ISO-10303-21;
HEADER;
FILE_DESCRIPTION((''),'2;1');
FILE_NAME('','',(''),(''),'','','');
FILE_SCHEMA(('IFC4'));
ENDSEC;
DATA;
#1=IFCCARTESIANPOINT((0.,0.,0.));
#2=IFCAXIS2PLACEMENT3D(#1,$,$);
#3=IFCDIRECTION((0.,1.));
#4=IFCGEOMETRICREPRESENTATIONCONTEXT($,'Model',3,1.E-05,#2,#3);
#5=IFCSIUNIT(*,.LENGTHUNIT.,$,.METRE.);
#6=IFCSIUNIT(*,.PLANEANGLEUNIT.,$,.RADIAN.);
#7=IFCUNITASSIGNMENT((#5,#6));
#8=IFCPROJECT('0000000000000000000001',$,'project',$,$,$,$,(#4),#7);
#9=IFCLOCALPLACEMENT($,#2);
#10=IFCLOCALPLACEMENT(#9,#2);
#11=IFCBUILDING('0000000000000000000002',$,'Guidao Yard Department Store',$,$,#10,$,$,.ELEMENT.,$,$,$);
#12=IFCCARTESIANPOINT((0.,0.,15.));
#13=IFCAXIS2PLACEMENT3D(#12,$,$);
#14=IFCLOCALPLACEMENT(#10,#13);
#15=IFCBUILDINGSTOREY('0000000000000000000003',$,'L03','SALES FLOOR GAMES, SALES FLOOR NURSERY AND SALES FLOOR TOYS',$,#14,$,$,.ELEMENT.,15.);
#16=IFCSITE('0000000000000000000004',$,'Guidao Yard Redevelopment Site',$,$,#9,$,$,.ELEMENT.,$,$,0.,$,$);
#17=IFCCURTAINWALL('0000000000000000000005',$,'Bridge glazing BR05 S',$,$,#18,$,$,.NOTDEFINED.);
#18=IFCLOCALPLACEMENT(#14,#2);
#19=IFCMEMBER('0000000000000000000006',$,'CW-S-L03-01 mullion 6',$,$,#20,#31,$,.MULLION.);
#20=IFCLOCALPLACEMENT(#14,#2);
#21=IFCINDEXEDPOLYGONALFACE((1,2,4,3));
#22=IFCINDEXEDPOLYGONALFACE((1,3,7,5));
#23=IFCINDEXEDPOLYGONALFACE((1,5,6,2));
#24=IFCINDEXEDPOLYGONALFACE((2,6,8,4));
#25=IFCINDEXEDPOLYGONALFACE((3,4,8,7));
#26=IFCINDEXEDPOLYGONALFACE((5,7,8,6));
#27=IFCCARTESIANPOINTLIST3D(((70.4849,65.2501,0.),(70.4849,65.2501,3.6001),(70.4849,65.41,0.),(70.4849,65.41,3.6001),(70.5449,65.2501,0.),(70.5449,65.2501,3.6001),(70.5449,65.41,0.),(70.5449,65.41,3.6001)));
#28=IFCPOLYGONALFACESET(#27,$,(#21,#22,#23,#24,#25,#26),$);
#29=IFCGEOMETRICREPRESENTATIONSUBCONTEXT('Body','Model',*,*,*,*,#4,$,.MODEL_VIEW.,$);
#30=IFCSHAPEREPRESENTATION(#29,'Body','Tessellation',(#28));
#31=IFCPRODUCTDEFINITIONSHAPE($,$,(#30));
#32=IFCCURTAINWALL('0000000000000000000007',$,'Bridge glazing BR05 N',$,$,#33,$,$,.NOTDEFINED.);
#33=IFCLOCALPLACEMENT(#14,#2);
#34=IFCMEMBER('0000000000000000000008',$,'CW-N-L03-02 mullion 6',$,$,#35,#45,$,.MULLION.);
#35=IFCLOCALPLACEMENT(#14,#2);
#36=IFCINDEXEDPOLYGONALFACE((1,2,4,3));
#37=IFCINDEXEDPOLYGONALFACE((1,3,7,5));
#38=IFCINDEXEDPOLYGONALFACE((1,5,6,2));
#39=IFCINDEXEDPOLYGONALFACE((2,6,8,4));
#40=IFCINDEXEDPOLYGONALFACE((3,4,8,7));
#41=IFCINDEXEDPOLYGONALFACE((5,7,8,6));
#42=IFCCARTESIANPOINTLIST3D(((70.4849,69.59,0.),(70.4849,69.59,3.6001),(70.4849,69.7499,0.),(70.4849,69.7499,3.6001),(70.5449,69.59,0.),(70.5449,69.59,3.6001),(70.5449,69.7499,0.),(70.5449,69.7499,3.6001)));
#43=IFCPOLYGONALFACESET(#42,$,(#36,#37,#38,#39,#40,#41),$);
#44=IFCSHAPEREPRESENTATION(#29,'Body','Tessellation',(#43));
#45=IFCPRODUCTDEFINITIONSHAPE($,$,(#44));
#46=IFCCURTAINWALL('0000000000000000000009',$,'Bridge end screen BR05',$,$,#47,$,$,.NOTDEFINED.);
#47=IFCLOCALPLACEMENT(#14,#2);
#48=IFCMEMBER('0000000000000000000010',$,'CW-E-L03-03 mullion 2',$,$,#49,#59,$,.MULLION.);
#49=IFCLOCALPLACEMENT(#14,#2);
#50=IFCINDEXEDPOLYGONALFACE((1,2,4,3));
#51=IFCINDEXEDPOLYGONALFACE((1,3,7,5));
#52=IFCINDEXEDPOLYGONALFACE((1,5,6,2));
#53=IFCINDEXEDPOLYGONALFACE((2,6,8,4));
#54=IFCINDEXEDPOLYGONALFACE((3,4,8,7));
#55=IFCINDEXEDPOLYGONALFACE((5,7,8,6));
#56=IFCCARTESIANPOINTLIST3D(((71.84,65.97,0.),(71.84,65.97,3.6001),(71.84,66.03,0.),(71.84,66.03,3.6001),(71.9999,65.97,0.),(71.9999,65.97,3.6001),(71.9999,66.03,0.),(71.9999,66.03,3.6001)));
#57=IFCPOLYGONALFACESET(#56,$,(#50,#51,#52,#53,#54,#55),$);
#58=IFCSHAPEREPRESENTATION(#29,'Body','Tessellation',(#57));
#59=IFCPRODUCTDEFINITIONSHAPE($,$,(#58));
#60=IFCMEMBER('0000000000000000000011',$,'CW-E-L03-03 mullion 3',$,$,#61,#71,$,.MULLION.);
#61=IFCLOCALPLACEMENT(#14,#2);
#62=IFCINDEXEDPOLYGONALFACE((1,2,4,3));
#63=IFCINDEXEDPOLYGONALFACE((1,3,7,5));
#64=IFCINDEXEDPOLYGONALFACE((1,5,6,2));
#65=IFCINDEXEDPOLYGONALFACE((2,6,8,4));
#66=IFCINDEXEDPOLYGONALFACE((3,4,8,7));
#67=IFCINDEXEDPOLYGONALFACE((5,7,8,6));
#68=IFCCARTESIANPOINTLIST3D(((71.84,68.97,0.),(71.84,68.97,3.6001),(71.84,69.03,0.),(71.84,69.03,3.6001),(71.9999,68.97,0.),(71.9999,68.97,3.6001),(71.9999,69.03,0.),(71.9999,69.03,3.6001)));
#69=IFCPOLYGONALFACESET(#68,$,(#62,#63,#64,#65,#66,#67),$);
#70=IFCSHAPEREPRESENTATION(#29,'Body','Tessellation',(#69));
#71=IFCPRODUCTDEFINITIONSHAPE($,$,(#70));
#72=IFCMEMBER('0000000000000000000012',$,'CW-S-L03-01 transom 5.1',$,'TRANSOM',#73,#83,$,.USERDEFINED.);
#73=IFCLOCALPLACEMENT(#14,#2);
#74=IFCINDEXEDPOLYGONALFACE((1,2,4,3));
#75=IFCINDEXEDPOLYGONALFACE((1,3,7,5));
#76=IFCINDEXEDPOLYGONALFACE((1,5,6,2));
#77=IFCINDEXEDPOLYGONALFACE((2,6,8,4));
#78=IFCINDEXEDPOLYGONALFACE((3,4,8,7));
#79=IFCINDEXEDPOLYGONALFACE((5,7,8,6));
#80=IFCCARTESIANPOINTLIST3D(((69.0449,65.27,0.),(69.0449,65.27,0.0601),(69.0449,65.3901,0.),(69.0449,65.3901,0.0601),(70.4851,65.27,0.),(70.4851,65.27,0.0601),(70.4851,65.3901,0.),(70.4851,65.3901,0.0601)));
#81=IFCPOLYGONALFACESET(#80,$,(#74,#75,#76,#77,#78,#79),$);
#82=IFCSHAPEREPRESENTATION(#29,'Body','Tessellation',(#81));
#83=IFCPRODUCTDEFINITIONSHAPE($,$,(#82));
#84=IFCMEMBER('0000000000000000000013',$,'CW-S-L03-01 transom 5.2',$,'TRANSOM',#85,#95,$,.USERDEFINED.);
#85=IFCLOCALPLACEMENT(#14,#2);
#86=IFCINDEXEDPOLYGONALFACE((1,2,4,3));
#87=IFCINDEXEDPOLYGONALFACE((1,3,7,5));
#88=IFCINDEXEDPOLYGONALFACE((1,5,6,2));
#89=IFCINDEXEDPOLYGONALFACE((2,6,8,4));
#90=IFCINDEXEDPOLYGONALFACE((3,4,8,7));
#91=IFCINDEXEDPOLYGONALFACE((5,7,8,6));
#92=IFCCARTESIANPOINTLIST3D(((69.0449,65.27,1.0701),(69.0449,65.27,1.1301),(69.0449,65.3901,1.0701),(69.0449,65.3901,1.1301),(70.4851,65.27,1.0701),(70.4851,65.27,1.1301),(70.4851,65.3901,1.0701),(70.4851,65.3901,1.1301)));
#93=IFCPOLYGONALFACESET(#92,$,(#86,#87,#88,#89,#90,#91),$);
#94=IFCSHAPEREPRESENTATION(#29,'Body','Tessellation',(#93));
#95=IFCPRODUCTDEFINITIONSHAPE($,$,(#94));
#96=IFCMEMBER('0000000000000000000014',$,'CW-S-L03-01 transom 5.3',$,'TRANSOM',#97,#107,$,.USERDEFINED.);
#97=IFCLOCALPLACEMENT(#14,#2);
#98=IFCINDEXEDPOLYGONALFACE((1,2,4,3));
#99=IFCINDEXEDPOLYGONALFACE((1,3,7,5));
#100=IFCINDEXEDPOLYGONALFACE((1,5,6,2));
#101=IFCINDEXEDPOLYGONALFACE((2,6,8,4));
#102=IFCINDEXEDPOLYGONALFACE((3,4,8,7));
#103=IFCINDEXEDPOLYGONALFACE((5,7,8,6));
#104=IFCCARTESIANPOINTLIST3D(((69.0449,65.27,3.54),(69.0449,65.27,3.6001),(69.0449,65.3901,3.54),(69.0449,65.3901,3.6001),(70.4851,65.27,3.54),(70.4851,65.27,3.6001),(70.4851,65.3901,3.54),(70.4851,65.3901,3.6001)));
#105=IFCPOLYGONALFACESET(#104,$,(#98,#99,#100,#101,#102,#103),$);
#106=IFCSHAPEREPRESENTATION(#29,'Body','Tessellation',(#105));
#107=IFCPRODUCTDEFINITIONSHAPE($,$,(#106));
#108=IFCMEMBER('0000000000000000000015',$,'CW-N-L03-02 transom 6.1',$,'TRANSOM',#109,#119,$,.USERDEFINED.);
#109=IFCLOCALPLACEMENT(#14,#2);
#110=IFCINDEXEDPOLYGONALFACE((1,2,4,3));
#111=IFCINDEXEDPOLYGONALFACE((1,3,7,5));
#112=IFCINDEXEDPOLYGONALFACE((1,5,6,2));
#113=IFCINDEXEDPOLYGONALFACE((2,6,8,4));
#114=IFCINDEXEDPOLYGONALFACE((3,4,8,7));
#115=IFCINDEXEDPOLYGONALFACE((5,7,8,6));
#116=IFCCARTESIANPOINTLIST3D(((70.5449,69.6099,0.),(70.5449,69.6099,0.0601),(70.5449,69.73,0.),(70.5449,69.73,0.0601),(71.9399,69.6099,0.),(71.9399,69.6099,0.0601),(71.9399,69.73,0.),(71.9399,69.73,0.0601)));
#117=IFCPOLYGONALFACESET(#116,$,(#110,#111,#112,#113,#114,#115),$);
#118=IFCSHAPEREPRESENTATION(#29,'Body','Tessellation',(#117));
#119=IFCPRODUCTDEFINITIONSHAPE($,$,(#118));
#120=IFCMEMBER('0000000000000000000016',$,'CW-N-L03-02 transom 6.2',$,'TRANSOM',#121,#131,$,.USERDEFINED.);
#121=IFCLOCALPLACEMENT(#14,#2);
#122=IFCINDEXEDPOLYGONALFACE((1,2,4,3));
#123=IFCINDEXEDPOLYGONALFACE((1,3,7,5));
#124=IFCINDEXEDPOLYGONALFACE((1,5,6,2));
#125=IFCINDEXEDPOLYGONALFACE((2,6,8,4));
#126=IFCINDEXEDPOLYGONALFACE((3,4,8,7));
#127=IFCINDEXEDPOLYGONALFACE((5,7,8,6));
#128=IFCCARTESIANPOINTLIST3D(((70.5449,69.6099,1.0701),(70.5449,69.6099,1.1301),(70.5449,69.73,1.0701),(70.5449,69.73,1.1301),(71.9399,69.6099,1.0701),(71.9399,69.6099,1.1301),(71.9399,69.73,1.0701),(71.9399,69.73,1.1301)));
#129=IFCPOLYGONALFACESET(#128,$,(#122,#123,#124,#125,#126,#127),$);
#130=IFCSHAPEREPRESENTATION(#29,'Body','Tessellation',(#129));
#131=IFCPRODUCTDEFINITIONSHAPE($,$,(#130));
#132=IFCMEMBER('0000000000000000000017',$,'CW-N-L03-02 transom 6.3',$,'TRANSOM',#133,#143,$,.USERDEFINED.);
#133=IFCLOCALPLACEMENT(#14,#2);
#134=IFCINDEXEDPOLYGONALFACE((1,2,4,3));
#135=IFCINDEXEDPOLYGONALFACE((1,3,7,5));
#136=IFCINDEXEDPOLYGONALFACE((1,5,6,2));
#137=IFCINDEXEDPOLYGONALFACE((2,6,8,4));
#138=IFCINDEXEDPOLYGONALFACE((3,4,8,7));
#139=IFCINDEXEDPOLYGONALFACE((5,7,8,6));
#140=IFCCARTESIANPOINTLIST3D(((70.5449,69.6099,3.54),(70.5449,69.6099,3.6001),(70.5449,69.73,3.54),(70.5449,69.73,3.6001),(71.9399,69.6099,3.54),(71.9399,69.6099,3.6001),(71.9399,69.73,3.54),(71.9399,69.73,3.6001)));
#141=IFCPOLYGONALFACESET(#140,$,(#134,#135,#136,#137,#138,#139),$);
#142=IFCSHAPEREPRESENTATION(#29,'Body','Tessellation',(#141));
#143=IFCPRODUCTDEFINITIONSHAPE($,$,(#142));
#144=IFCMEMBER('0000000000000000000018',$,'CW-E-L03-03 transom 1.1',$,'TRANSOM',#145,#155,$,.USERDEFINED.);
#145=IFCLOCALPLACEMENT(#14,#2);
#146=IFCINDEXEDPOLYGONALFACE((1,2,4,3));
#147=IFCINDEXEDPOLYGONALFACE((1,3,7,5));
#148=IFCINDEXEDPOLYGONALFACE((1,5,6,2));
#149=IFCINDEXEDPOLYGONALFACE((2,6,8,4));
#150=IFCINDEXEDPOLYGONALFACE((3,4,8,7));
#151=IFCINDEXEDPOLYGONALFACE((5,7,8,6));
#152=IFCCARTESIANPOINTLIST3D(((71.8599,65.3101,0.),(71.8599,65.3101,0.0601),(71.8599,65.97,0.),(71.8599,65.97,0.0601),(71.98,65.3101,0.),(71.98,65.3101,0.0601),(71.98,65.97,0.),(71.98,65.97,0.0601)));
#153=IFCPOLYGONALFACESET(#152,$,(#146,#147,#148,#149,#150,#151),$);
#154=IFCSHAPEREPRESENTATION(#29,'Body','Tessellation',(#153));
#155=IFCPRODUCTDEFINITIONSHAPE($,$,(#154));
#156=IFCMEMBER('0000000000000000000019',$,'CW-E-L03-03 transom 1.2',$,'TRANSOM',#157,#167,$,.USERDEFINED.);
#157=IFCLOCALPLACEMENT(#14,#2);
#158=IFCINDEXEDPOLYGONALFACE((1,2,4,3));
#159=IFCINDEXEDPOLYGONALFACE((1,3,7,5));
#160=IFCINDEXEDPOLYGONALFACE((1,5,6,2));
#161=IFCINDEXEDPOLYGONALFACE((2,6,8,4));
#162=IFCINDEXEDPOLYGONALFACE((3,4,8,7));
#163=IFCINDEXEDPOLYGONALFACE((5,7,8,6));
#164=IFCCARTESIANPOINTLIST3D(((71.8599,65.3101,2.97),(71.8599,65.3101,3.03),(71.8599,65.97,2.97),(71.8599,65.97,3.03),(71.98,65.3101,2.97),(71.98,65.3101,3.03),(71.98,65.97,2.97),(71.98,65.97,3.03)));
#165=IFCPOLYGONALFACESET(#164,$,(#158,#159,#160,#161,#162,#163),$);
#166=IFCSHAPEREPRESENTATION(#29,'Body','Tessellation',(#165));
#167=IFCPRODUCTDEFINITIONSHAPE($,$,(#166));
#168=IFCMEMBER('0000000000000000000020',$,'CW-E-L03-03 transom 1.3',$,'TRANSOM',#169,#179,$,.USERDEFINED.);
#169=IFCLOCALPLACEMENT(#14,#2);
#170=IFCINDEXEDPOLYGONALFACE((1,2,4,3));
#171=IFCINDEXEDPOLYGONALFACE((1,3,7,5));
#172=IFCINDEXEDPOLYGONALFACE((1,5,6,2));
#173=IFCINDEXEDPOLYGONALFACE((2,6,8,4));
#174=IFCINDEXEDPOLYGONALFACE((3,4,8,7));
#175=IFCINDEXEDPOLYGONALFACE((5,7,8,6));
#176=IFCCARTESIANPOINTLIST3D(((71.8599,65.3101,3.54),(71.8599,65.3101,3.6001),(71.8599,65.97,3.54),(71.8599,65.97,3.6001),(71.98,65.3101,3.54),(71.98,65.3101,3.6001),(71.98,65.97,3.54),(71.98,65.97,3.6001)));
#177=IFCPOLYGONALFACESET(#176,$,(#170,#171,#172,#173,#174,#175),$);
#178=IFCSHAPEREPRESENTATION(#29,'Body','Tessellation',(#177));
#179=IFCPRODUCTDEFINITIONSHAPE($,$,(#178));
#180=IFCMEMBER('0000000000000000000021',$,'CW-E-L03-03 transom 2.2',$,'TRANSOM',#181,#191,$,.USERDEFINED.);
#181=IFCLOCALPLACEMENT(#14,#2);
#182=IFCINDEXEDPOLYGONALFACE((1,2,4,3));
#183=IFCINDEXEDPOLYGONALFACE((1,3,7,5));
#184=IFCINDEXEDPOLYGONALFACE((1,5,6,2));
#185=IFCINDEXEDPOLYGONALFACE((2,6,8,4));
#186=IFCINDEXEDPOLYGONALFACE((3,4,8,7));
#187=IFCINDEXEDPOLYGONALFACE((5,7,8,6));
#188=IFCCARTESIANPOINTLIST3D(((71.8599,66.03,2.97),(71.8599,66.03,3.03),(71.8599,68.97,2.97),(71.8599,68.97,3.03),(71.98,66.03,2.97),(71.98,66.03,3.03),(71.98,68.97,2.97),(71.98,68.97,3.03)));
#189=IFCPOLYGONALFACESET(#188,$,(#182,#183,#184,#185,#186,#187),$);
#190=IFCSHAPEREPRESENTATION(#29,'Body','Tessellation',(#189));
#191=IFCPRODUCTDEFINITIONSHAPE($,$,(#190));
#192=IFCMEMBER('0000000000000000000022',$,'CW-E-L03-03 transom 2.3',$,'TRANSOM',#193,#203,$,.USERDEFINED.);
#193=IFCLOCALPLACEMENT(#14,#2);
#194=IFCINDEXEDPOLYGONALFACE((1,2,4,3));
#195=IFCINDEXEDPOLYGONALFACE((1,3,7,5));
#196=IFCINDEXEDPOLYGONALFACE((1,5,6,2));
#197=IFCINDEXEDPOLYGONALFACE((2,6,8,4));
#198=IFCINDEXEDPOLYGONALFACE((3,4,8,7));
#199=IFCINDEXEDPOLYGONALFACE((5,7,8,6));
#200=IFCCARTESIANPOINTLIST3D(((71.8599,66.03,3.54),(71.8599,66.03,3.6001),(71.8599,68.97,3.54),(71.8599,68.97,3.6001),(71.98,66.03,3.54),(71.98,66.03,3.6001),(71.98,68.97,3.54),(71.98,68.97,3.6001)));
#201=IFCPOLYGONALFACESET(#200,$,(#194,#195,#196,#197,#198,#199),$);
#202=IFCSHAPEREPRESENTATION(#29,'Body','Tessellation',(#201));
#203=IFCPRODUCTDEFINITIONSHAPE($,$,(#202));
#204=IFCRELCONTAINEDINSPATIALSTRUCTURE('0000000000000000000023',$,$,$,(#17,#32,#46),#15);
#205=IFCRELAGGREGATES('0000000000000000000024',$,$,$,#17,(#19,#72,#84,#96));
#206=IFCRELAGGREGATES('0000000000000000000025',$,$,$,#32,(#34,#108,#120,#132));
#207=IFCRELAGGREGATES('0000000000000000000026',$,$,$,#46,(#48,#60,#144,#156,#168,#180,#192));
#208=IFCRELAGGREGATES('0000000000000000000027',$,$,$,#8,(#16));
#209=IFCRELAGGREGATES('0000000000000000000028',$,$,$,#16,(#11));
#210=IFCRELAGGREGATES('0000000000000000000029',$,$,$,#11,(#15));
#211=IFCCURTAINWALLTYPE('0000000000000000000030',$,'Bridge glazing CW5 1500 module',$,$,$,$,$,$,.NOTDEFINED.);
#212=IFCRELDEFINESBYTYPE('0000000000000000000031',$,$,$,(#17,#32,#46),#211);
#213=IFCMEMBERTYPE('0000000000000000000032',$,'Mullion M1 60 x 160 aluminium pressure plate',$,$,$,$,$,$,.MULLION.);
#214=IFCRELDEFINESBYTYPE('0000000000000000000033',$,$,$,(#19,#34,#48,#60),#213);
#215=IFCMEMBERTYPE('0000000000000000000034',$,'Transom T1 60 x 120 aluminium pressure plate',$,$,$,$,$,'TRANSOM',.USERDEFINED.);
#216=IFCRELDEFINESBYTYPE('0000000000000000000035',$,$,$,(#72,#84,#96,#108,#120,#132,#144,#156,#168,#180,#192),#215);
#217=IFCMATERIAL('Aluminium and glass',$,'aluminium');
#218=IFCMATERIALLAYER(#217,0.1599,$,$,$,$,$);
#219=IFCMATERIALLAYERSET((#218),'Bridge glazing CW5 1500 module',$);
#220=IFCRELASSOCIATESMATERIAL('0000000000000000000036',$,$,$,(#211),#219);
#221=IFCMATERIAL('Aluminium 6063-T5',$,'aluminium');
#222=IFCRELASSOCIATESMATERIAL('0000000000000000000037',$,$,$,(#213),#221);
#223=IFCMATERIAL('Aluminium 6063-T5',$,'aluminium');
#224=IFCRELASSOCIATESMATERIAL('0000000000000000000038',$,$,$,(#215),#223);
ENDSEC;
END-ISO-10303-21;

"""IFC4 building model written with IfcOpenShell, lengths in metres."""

from ifc_helpers import new_model, si_unit, direction, frame, origin, origin_2d, place, context, subcontext, project, spatial, rectangle, extrude, material, layer, layer_set, material_profile, profile_set, type_object, element, aggregate, save


model = new_model("IFC4")

# Units and contexts
model_context = context("Model", 3, precision=1e-05, world=origin(), true_north=direction((0.0, 1.0)))
body_context = subcontext(model_context, "Body", "Model", "MODEL_VIEW")
ifc_project = project(units=[si_unit("LENGTHUNIT", "METRE"), si_unit("PLANEANGLEUNIT", "RADIAN")], contexts=[model_context])

# Site, building, storey
site_placement = place(None, origin())
site = spatial("IfcSite", under=ifc_project, at=site_placement, Name="Guidao Yard Redevelopment Site", CompositionType="ELEMENT", RefElevation=0.0)
building_placement = place(site_placement, origin())
building = spatial("IfcBuilding", under=site, at=building_placement, Name="Guidao Yard Department Store", CompositionType="ELEMENT")
storey_placement = place(building_placement, frame((0.0, 0.0, 15.0)))
storey = spatial("IfcBuildingStorey", under=building, at=storey_placement, Name="L03", Description="SALES FLOOR GAMES, SALES FLOOR NURSERY AND SALES FLOOR TOYS", CompositionType="ELEMENT", Elevation=15.0)

# Curtain walls, members
ifc_material_1 = material(Name="Aluminium and glass", Category="aluminium")
ifc_layer_1 = layer(ifc_material_1, 0.1599)
ifc_layer_set_1 = layer_set([ifc_layer_1], Name="Bridge glazing CW5 1500 module")
curtain_wall_type = type_object("IfcCurtainWallType", Name="Bridge glazing CW5 1500 module", PredefinedType="NOTDEFINED", material=ifc_layer_set_1)
curtain_wall_1_placement = place(storey_placement, origin())
curtain_wall_1 = element("IfcCurtainWall", 1, at=curtain_wall_1_placement, inside=storey, type_object=curtain_wall_type, Name="Bridge glazing BR05 S", PredefinedType="NOTDEFINED")
ifc_material_2 = material(Name="Aluminium 6063-T5", Category="aluminium")
ifc_material_profile_1 = material_profile(ifc_material_2, rectangle(XDim=0.0601, YDim=0.1599, at=origin_2d()), Name="Mullion M1 60 x 160 aluminium pressure plate")
ifc_profile_set_1 = profile_set([ifc_material_profile_1], Name="Aluminium 6063-T5")
member_type_1 = type_object("IfcMemberType", Name="Mullion M1 60 x 160 aluminium pressure plate", PredefinedType="MULLION", material=ifc_profile_set_1)
member_1_placement = place(storey_placement, frame((70.5149, 65.3301, 0.0), z_axis=(0.0, 0.0, 1.0), x_axis=(-1.0, 0.0, 0.0)))
member_1 = element("IfcMember", 2, at=member_1_placement, type_object=member_type_1, Name="CW-S-L03-01 mullion 6", PredefinedType="MULLION", context=body_context, shape_type="SweptSolid", body=[
    extrude(rectangle(XDim=0.0601, YDim=0.1599, at=origin_2d()), origin(), (0.0, 0.0, 1.0), 3.6001),
])
curtain_wall_2_placement = place(storey_placement, origin())
curtain_wall_2 = element("IfcCurtainWall", 3, at=curtain_wall_2_placement, inside=storey, type_object=curtain_wall_type, Name="Bridge glazing BR05 N", PredefinedType="NOTDEFINED")
member_2_placement = place(storey_placement, frame((70.5149, 69.6699, 0.0), z_axis=(0.0, 0.0, 1.0), x_axis=(1.0, 0.0, 0.0)))
member_2 = element("IfcMember", 4, at=member_2_placement, type_object=member_type_1, Name="CW-N-L03-02 mullion 6", PredefinedType="MULLION", context=body_context, shape_type="SweptSolid", body=[
    extrude(rectangle(XDim=0.0601, YDim=0.1599, at=origin_2d()), origin(), (0.0, 0.0, 1.0), 3.6001),
])

# Curtain wall, members
curtain_wall_3_placement = place(storey_placement, origin())
curtain_wall_3 = element("IfcCurtainWall", 5, at=curtain_wall_3_placement, inside=storey, type_object=curtain_wall_type, Name="Bridge end screen BR05", PredefinedType="NOTDEFINED")
member_3_placement = place(storey_placement, frame((71.9199, 66.0, 0.0), z_axis=(0.0, 0.0, 1.0), x_axis=(0.0, -1.0, 0.0)))
member_3 = element("IfcMember", 6, at=member_3_placement, type_object=member_type_1, Name="CW-E-L03-03 mullion 2", PredefinedType="MULLION", context=body_context, shape_type="SweptSolid", body=[
    extrude(rectangle(XDim=0.0601, YDim=0.1599, at=origin_2d()), origin(), (0.0, 0.0, 1.0), 3.6001),
])
member_4_placement = place(storey_placement, frame((71.9199, 69.0, 0.0), z_axis=(0.0, 0.0, 1.0), x_axis=(0.0, -1.0, 0.0)))
member_4 = element("IfcMember", 7, at=member_4_placement, type_object=member_type_1, Name="CW-E-L03-03 mullion 3", PredefinedType="MULLION", context=body_context, shape_type="SweptSolid", body=[
    extrude(rectangle(XDim=0.0601, YDim=0.1599, at=origin_2d()), origin(), (0.0, 0.0, 1.0), 3.6001),
])

# Members
ifc_material_3 = material(Name="Aluminium 6063-T5", Category="aluminium")
ifc_material_profile_2 = material_profile(ifc_material_3, rectangle(XDim=0.1201, YDim=0.0601, at=origin_2d()), Name="Transom T1 60 x 120 aluminium pressure plate")
ifc_profile_set_2 = profile_set([ifc_material_profile_2], Name="Aluminium 6063-T5")
member_type_2 = type_object("IfcMemberType", Name="Transom T1 60 x 120 aluminium pressure plate", ElementType="TRANSOM", PredefinedType="USERDEFINED", material=ifc_profile_set_2)
member_5_placement = place(storey_placement, frame((70.4851, 65.3301, 0.03), z_axis=(-1.0, 0.0, 0.0), x_axis=(0.0, -1.0, 0.0)))
member_5 = element("IfcMember", 8, at=member_5_placement, type_object=member_type_2, Name="CW-S-L03-01 transom 5.1", ObjectType="TRANSOM", PredefinedType="USERDEFINED", context=body_context, shape_type="SweptSolid", body=[
    extrude(rectangle(XDim=0.1201, YDim=0.0601, at=origin_2d()), origin(), (0.0, 0.0, 1.0), 1.4402),
])
member_6_placement = place(storey_placement, frame((70.4851, 65.3301, 1.1001), z_axis=(-1.0, 0.0, 0.0), x_axis=(0.0, -1.0, 0.0)))
member_6 = element("IfcMember", 9, at=member_6_placement, type_object=member_type_2, Name="CW-S-L03-01 transom 5.2", ObjectType="TRANSOM", PredefinedType="USERDEFINED", context=body_context, shape_type="SweptSolid", body=[
    extrude(rectangle(XDim=0.1201, YDim=0.0601, at=origin_2d()), origin(), (0.0, 0.0, 1.0), 1.4402),
])
member_7_placement = place(storey_placement, frame((70.4851, 65.3301, 3.5701), z_axis=(-1.0, 0.0, 0.0), x_axis=(0.0, -1.0, 0.0)))
member_7 = element("IfcMember", 10, at=member_7_placement, type_object=member_type_2, Name="CW-S-L03-01 transom 5.3", ObjectType="TRANSOM", PredefinedType="USERDEFINED", context=body_context, shape_type="SweptSolid", body=[
    extrude(rectangle(XDim=0.1201, YDim=0.0601, at=origin_2d()), origin(), (0.0, 0.0, 1.0), 1.4402),
])
member_8_placement = place(storey_placement, frame((70.5449, 69.6699, 0.03), z_axis=(1.0, 0.0, 0.0), x_axis=(0.0, 1.0, 0.0)))
member_8 = element("IfcMember", 11, at=member_8_placement, type_object=member_type_2, Name="CW-N-L03-02 transom 6.1", ObjectType="TRANSOM", PredefinedType="USERDEFINED", context=body_context, shape_type="SweptSolid", body=[
    extrude(rectangle(XDim=0.1201, YDim=0.0601, at=origin_2d()), origin(), (0.0, 0.0, 1.0), 1.395),
])
member_9_placement = place(storey_placement, frame((70.5449, 69.6699, 1.1001), z_axis=(1.0, 0.0, 0.0), x_axis=(0.0, 1.0, 0.0)))
member_9 = element("IfcMember", 12, at=member_9_placement, type_object=member_type_2, Name="CW-N-L03-02 transom 6.2", ObjectType="TRANSOM", PredefinedType="USERDEFINED", context=body_context, shape_type="SweptSolid", body=[
    extrude(rectangle(XDim=0.1201, YDim=0.0601, at=origin_2d()), origin(), (0.0, 0.0, 1.0), 1.395),
])
member_10_placement = place(storey_placement, frame((70.5449, 69.6699, 3.5701), z_axis=(1.0, 0.0, 0.0), x_axis=(0.0, 1.0, 0.0)))
member_10 = element("IfcMember", 13, at=member_10_placement, type_object=member_type_2, Name="CW-N-L03-02 transom 6.3", ObjectType="TRANSOM", PredefinedType="USERDEFINED", context=body_context, shape_type="SweptSolid", body=[
    extrude(rectangle(XDim=0.1201, YDim=0.0601, at=origin_2d()), origin(), (0.0, 0.0, 1.0), 1.395),
])
member_11_placement = place(storey_placement, frame((71.9199, 65.97, 0.03), z_axis=(0.0, -1.0, 0.0), x_axis=(1.0, 0.0, 0.0)))
member_11 = element("IfcMember", 14, at=member_11_placement, type_object=member_type_2, Name="CW-E-L03-03 transom 1.1", ObjectType="TRANSOM", PredefinedType="USERDEFINED", context=body_context, shape_type="SweptSolid", body=[
    extrude(rectangle(XDim=0.1201, YDim=0.0601, at=origin_2d()), origin(), (0.0, 0.0, 1.0), 0.6599),
])
member_12_placement = place(storey_placement, frame((71.9199, 65.97, 3.0), z_axis=(0.0, -1.0, 0.0), x_axis=(1.0, 0.0, 0.0)))
member_12 = element("IfcMember", 15, at=member_12_placement, type_object=member_type_2, Name="CW-E-L03-03 transom 1.2", ObjectType="TRANSOM", PredefinedType="USERDEFINED", context=body_context, shape_type="SweptSolid", body=[
    extrude(rectangle(XDim=0.1201, YDim=0.0601, at=origin_2d()), origin(), (0.0, 0.0, 1.0), 0.6599),
])
member_13_placement = place(storey_placement, frame((71.9199, 65.97, 3.5701), z_axis=(0.0, -1.0, 0.0), x_axis=(1.0, 0.0, 0.0)))
member_13 = element("IfcMember", 16, at=member_13_placement, type_object=member_type_2, Name="CW-E-L03-03 transom 1.3", ObjectType="TRANSOM", PredefinedType="USERDEFINED", context=body_context, shape_type="SweptSolid", body=[
    extrude(rectangle(XDim=0.1201, YDim=0.0601, at=origin_2d()), origin(), (0.0, 0.0, 1.0), 0.6599),
])
member_14_placement = place(storey_placement, frame((71.9199, 68.97, 3.0), z_axis=(0.0, -1.0, 0.0), x_axis=(1.0, 0.0, 0.0)))
member_14 = element("IfcMember", 17, at=member_14_placement, type_object=member_type_2, Name="CW-E-L03-03 transom 2.2", ObjectType="TRANSOM", PredefinedType="USERDEFINED", context=body_context, shape_type="SweptSolid", body=[
    extrude(rectangle(XDim=0.1201, YDim=0.0601, at=origin_2d()), origin(), (0.0, 0.0, 1.0), 2.9399),
])
member_15_placement = place(storey_placement, frame((71.9199, 68.97, 3.5701), z_axis=(0.0, -1.0, 0.0), x_axis=(1.0, 0.0, 0.0)))
member_15 = element("IfcMember", 18, at=member_15_placement, type_object=member_type_2, Name="CW-E-L03-03 transom 2.3", ObjectType="TRANSOM", PredefinedType="USERDEFINED", context=body_context, shape_type="SweptSolid", body=[
    extrude(rectangle(XDim=0.1201, YDim=0.0601, at=origin_2d()), origin(), (0.0, 0.0, 1.0), 2.9399),
])

aggregate(curtain_wall_1, [member_1, member_5, member_6, member_7])
aggregate(curtain_wall_2, [member_2, member_8, member_9, member_10])
aggregate(curtain_wall_3, [member_3, member_4, member_11, member_12, member_13, member_14, member_15])

save(model, "model.ifc")
